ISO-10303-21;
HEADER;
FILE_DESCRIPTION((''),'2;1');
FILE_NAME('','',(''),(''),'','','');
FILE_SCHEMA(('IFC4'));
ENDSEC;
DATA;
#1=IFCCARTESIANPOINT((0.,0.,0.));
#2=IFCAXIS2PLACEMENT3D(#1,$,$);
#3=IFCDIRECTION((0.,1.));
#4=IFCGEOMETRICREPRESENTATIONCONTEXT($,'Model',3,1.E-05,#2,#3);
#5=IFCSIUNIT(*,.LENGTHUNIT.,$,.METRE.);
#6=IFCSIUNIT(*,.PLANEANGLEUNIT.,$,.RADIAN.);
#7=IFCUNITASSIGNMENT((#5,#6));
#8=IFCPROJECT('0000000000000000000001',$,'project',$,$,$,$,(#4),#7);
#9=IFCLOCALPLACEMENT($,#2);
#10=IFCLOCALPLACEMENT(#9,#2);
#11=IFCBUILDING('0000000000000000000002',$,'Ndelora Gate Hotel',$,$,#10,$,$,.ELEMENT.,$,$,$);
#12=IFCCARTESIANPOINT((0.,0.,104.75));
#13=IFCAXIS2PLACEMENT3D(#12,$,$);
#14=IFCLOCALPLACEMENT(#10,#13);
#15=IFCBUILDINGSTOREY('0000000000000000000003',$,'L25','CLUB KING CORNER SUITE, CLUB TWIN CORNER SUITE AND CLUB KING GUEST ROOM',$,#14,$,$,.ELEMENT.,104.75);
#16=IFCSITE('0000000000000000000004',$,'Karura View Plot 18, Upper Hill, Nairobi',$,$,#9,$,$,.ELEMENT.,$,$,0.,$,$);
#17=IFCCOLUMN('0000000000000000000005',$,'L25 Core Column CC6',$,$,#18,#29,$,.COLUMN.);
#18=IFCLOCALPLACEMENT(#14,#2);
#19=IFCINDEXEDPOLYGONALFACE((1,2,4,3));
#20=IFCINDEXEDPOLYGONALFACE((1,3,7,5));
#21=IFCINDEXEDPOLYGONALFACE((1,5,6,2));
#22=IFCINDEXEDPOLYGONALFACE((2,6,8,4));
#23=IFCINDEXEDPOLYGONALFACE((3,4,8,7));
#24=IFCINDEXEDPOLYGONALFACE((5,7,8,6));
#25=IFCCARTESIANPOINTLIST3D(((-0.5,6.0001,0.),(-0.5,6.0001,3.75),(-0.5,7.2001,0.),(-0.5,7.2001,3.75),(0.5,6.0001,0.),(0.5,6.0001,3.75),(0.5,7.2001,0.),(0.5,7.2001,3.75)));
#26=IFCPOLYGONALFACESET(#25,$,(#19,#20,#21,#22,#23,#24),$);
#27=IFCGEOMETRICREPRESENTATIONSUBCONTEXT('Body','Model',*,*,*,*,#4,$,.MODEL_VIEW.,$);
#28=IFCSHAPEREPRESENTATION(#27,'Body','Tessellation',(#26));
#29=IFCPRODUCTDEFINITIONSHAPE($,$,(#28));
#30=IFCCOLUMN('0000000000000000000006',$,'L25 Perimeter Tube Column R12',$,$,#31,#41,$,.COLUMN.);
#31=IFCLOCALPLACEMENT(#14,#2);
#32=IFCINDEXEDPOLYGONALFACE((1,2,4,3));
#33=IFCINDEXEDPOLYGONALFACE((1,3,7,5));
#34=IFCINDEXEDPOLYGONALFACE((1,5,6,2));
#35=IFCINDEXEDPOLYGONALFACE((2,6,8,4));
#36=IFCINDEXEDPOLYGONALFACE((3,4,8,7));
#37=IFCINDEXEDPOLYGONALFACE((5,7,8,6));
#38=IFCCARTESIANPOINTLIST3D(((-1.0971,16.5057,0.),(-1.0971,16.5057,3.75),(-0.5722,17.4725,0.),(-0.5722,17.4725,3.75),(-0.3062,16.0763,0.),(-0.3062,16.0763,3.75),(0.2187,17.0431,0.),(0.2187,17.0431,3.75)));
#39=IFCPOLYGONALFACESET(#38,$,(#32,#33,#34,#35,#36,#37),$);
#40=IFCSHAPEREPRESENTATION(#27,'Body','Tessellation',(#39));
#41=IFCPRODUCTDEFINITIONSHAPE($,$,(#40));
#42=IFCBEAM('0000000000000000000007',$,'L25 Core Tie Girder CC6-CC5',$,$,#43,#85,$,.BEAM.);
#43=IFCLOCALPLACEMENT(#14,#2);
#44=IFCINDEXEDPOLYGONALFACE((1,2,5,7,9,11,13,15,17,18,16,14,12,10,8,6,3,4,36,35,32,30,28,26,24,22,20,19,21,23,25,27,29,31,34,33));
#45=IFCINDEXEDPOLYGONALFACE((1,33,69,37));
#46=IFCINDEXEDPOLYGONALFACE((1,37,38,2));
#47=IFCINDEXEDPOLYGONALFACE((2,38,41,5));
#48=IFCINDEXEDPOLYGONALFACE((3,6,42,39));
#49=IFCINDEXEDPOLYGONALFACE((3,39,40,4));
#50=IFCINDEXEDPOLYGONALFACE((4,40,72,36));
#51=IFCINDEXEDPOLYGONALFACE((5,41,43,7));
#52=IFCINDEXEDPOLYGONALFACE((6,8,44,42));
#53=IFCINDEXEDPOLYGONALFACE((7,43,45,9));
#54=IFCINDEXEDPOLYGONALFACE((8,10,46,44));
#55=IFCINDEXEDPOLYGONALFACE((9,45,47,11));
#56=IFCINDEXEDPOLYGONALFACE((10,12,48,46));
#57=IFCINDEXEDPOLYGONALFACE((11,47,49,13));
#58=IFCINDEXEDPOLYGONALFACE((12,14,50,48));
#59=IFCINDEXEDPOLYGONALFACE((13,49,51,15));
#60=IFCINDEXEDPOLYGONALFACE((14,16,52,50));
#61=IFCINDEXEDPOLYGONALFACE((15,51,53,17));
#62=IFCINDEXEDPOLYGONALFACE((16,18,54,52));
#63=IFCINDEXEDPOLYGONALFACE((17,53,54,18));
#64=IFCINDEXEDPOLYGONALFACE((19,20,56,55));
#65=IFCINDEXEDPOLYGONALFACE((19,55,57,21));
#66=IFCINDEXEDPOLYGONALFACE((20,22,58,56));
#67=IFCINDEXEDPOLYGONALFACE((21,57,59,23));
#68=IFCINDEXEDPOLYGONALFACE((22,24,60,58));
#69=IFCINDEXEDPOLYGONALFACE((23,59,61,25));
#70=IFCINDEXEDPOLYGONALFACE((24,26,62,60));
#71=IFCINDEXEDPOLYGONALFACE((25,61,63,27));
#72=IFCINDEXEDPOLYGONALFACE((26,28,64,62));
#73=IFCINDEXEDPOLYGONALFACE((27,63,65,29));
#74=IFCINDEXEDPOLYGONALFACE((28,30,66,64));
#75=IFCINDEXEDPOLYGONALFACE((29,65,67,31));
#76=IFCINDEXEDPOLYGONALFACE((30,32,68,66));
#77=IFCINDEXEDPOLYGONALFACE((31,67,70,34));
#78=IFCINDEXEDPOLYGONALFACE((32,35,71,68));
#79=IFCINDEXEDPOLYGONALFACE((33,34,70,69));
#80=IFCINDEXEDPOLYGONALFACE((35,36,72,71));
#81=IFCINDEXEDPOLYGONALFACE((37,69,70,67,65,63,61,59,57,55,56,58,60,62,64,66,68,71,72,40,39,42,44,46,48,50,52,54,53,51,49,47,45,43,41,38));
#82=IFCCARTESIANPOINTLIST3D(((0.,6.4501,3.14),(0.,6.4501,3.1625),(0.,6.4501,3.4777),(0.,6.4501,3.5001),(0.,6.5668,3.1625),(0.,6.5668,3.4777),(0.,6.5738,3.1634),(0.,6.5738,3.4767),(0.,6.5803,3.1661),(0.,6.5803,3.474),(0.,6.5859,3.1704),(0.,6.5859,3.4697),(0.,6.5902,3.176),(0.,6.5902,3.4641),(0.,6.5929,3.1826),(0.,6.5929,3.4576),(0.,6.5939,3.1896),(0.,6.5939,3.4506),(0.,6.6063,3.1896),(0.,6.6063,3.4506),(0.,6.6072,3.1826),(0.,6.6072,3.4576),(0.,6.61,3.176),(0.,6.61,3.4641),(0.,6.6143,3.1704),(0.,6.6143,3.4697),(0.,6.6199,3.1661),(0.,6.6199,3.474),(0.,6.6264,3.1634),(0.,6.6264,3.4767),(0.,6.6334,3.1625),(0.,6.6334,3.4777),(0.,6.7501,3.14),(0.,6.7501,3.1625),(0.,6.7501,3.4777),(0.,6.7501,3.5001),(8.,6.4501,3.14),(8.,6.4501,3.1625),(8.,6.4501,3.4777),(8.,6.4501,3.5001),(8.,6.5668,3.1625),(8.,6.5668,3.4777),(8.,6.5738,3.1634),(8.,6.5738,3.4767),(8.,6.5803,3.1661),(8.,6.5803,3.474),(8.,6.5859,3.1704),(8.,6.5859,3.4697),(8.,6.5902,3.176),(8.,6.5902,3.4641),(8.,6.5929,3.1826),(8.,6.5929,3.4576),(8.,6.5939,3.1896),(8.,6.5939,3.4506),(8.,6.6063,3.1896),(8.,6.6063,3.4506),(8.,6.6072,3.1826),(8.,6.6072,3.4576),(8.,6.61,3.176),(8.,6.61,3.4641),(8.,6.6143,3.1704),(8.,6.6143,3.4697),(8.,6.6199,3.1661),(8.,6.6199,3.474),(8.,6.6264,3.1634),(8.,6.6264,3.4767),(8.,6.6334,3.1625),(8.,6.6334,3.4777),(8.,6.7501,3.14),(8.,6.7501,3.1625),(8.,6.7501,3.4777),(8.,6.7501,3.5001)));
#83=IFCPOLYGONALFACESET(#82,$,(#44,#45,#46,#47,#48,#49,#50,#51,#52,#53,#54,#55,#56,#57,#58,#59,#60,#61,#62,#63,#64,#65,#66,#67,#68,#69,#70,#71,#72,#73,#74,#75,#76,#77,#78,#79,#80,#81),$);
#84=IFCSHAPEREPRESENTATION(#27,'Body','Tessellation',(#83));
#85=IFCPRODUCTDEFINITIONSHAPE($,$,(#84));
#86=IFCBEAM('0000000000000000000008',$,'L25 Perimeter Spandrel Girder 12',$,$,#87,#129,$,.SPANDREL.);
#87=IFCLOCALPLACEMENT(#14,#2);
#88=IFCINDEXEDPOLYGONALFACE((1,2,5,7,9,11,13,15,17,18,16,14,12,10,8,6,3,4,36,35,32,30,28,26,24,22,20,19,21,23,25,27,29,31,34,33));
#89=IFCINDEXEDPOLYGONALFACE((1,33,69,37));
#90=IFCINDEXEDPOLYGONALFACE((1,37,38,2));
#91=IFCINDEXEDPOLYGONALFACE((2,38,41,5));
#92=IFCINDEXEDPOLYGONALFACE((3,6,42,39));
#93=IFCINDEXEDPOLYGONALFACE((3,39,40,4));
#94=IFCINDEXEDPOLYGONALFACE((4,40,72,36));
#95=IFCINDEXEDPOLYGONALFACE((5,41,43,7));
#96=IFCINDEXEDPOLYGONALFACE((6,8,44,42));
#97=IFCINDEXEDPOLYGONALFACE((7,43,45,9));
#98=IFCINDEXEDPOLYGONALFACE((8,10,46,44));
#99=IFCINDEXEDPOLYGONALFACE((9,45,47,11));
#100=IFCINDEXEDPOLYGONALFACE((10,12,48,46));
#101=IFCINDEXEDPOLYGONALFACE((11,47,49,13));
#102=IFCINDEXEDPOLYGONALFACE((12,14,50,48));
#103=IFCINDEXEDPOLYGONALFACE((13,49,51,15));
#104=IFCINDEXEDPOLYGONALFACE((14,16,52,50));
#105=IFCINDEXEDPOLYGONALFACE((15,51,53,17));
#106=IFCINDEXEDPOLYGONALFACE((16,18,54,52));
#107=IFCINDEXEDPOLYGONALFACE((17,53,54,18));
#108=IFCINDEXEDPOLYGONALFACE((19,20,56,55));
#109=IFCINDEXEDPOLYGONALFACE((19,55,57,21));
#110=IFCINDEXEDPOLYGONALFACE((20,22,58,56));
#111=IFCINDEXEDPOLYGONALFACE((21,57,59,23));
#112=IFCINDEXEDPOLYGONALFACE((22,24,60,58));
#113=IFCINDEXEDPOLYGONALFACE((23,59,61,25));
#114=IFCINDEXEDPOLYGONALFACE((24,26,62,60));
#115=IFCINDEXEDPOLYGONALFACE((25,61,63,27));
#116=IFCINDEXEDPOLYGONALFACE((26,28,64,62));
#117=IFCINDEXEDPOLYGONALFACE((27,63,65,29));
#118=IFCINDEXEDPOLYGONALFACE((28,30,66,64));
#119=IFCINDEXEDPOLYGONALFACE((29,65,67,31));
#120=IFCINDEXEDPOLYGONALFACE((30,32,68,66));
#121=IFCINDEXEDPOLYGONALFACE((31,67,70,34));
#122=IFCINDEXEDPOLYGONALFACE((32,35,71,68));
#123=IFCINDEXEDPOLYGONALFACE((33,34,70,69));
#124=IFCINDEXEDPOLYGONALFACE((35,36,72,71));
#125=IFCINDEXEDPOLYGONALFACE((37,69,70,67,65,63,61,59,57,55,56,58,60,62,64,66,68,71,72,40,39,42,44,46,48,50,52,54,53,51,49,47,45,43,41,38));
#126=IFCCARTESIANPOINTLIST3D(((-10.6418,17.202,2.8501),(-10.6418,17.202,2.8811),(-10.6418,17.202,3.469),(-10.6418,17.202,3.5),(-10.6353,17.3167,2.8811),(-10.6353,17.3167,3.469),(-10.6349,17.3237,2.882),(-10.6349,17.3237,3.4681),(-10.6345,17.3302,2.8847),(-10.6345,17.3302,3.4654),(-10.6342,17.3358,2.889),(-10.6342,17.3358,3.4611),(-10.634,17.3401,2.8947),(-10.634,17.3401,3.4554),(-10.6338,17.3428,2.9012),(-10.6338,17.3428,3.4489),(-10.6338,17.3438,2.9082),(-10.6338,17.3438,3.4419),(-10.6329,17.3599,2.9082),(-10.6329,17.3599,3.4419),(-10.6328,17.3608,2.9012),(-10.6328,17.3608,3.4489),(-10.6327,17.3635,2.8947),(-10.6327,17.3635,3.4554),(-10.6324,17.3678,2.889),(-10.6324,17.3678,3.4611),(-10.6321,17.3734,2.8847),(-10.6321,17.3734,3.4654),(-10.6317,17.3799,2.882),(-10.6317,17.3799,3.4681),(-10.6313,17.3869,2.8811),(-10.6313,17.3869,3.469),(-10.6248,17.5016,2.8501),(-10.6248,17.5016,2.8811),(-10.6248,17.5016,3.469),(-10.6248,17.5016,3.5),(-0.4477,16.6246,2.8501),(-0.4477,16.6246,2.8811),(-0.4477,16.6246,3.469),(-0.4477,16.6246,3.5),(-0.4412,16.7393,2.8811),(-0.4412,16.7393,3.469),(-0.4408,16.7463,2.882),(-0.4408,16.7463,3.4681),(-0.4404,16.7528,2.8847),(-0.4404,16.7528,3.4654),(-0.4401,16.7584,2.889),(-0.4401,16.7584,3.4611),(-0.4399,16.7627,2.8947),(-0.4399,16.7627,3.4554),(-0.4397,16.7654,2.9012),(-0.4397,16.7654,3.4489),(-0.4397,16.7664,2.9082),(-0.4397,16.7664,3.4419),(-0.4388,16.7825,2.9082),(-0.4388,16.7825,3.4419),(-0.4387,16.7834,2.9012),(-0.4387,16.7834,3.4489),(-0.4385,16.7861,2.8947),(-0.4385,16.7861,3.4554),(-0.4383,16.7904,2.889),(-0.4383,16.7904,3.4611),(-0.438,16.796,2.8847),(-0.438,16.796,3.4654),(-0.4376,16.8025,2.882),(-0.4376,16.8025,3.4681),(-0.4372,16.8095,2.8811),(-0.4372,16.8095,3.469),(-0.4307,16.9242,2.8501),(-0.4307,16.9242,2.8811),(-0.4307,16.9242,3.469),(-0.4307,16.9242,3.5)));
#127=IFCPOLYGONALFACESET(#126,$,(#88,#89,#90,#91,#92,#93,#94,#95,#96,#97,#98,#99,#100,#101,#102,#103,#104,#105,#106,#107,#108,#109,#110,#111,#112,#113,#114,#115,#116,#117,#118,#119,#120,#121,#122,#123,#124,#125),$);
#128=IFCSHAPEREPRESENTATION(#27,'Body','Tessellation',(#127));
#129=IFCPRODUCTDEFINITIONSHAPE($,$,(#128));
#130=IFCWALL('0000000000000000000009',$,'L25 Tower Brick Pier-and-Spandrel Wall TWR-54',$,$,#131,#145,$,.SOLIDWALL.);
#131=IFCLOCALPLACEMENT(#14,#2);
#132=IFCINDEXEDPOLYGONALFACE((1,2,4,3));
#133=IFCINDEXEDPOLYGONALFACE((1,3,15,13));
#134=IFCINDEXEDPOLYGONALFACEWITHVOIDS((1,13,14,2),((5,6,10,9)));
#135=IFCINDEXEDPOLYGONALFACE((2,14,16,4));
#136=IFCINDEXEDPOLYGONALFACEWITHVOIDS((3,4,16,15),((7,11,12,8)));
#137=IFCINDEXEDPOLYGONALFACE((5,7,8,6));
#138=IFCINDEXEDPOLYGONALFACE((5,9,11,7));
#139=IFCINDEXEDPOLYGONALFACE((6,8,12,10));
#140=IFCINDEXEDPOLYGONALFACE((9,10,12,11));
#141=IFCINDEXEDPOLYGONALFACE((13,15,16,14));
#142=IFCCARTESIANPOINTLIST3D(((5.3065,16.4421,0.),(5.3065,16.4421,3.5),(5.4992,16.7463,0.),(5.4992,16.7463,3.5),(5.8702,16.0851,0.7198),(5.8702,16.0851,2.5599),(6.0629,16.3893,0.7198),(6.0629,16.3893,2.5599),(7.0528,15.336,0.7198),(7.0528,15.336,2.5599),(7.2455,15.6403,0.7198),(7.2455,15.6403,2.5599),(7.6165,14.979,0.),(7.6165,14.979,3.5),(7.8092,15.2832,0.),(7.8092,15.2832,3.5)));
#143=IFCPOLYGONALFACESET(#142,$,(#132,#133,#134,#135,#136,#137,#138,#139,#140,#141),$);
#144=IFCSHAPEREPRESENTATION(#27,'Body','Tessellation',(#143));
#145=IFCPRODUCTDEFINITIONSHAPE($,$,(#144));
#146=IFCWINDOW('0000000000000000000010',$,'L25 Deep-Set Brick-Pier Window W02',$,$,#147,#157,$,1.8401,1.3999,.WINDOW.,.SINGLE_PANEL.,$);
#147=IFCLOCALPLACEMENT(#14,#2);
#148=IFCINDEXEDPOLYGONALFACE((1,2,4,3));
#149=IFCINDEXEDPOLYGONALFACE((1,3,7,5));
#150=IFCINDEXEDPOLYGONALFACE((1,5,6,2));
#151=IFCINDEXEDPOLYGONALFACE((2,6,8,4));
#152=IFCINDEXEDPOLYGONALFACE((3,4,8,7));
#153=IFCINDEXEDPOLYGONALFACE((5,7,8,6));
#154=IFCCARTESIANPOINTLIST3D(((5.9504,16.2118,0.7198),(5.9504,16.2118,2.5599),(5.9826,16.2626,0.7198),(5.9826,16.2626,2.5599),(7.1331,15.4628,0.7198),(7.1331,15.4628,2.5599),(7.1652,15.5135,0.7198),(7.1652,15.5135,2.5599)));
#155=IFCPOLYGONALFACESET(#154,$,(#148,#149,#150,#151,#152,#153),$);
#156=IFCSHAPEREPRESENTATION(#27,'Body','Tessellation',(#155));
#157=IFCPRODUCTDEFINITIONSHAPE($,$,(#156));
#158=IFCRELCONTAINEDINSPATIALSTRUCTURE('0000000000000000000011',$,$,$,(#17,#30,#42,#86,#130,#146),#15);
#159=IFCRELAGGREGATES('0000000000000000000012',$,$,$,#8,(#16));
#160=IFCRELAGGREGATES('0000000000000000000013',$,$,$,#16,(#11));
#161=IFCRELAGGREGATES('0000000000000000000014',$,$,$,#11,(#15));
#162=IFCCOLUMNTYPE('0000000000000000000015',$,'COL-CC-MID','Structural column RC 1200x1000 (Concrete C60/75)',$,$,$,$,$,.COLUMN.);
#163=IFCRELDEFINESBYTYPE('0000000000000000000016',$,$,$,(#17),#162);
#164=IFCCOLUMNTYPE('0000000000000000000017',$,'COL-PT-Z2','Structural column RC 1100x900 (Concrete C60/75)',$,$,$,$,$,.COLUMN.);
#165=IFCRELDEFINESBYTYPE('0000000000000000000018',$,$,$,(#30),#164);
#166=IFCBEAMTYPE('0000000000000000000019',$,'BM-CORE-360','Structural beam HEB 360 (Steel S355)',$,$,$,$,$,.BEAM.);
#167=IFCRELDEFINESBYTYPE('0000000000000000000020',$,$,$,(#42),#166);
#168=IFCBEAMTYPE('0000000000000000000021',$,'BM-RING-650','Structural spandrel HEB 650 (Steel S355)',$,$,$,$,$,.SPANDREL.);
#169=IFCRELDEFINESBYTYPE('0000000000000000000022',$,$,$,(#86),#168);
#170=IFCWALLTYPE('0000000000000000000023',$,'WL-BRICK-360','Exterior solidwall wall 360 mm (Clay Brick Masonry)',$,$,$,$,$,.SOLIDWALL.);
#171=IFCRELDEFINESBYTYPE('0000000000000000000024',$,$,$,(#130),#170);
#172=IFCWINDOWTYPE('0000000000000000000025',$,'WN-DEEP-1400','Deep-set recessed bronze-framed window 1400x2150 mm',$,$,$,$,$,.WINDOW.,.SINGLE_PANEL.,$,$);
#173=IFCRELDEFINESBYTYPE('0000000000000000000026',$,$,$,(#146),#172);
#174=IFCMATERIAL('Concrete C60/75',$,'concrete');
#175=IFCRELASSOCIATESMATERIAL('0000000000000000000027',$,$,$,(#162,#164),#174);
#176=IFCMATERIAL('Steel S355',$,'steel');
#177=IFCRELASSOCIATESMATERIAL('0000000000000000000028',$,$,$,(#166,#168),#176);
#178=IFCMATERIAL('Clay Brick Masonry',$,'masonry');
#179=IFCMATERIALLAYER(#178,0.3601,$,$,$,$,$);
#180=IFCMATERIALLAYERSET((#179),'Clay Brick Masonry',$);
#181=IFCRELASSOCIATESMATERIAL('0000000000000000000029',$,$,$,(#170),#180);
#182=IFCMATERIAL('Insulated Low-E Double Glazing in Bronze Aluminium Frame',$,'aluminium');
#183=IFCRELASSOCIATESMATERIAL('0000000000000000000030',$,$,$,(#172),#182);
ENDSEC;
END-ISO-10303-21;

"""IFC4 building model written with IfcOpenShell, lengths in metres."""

from ifc_helpers import new_model, si_unit, direction, frame, frame_2d, origin, origin_2d, place, context, subcontext, project, spatial, rectangle, i_section, extrude, material, layer, layer_set, material_profile, profile_set, type_object, element, fill, save


model = new_model("IFC4")

# Units and contexts
model_context = context("Model", 3, precision=1e-05, world=origin(), true_north=direction((0.0, 1.0)))
body_context = subcontext(model_context, "Body", "Model", "MODEL_VIEW")
ifc_project = project(units=[si_unit("LENGTHUNIT", "METRE"), si_unit("PLANEANGLEUNIT", "RADIAN")], contexts=[model_context])

# Site, building, storey
site_placement = place(None, origin())
site = spatial("IfcSite", under=ifc_project, at=site_placement, Name="Karura View Plot 18, Upper Hill, Nairobi", CompositionType="ELEMENT", RefElevation=0.0)
building_placement = place(site_placement, origin())
building = spatial("IfcBuilding", under=site, at=building_placement, Name="Ndelora Gate Hotel", CompositionType="ELEMENT")
storey_placement = place(building_placement, frame((0.0, 0.0, 104.75)))
storey = spatial("IfcBuildingStorey", under=building, at=storey_placement, Name="L25", Description="CLUB KING CORNER SUITE, CLUB TWIN CORNER SUITE AND CLUB KING GUEST ROOM", CompositionType="ELEMENT", Elevation=104.75)

# Columns
ifc_material_1 = material(Name="Concrete C60/75", Category="concrete")
ifc_material_profile_1 = material_profile(ifc_material_1, rectangle(XDim=1.0, YDim=1.2, at=origin_2d()), Name="RC 1200x1000")
ifc_profile_set_1 = profile_set([ifc_material_profile_1], Name="Concrete C60/75")
column_type_1 = type_object("IfcColumnType", Name="COL-CC-MID", Description="Structural column RC 1200x1000 (Concrete C60/75)", PredefinedType="COLUMN", material=ifc_profile_set_1)
column_1_placement = place(storey_placement, frame((0.0, 6.6001, 0.0), z_axis=(0.0, 0.0, 1.0), x_axis=(1.0, 0.0, 0.0)))
element("IfcColumn", 1, at=column_1_placement, inside=storey, type_object=column_type_1, Name="L25 Core Column CC6", PredefinedType="COLUMN", context=body_context, shape_type="SweptSolid", body=[
    extrude(rectangle(XDim=1.0, YDim=1.2, at=origin_2d()), origin(), (0.0, 0.0, 1.0), 3.75),
])
ifc_material_profile_2 = material_profile(ifc_material_1, rectangle(XDim=0.8999, YDim=1.1001, at=origin_2d()), Name="RC 1100x900")
ifc_profile_set_2 = profile_set([ifc_material_profile_2], Name="Concrete C60/75")
column_type_2 = type_object("IfcColumnType", Name="COL-PT-Z2", Description="Structural column RC 1100x900 (Concrete C60/75)", PredefinedType="COLUMN", material=ifc_profile_set_2)
column_2_placement = place(storey_placement, frame((-0.4392, 16.7744, 0.0), z_axis=(0.0, 0.0, 1.0), x_axis=(-0.878817, 0.477159, 0.0)))
element("IfcColumn", 2, at=column_2_placement, inside=storey, type_object=column_type_2, Name="L25 Perimeter Tube Column R12", PredefinedType="COLUMN", context=body_context, shape_type="SweptSolid", body=[
    extrude(rectangle(XDim=0.8999, YDim=1.1001, at=origin_2d()), origin(), (0.0, 0.0, 1.0), 3.75),
])

# Beams
ifc_material_2 = material(Name="Steel S355", Category="steel")
ifc_material_profile_3 = material_profile(ifc_material_2, i_section(OverallWidth=0.3, OverallDepth=0.3601, WebThickness=0.0125, FlangeThickness=0.0225, FilletRadius=0.0271, at=origin_2d()), Name="HEB 360")
ifc_profile_set_3 = profile_set([ifc_material_profile_3], Name="Steel S355")
beam_type_1 = type_object("IfcBeamType", Name="BM-CORE-360", Description="Structural beam HEB 360 (Steel S355)", PredefinedType="BEAM", material=ifc_profile_set_3)
beam_1_placement = place(storey_placement, frame((0.0, 6.6001, 3.3201), z_axis=(1.0, 0.0, 0.0), x_axis=(0.0, 1.0, 0.0)))
element("IfcBeam", 3, at=beam_1_placement, inside=storey, type_object=beam_type_1, Name="L25 Core Tie Girder CC6-CC5", PredefinedType="BEAM", context=body_context, shape_type="SweptSolid", body=[
    extrude(i_section(OverallWidth=0.3, OverallDepth=0.3601, WebThickness=0.0125, FlangeThickness=0.0225, FilletRadius=0.0271, at=origin_2d()), origin(), (0.0, 0.0, 1.0), 8.0),
])
ifc_material_profile_4 = material_profile(ifc_material_2, i_section(OverallWidth=0.3, OverallDepth=0.6499, WebThickness=0.0161, FlangeThickness=0.031, FilletRadius=0.0271, at=origin_2d()), Name="HEB 650")
ifc_profile_set_4 = profile_set([ifc_material_profile_4], Name="Steel S355")
beam_type_2 = type_object("IfcBeamType", Name="BM-RING-650", Description="Structural spandrel HEB 650 (Steel S355)", PredefinedType="SPANDREL", material=ifc_profile_set_4)
beam_2_placement = place(storey_placement, frame((-0.4392, 16.7744, 3.175), z_axis=(-0.9984, 0.056549, 0.0), x_axis=(-0.056549, -0.9984, 0.0)))
element("IfcBeam", 4, at=beam_2_placement, inside=storey, type_object=beam_type_2, Name="L25 Perimeter Spandrel Girder 12", PredefinedType="SPANDREL", context=body_context, shape_type="SweptSolid", body=[
    extrude(i_section(OverallWidth=0.3, OverallDepth=0.6499, WebThickness=0.0161, FlangeThickness=0.031, FilletRadius=0.0271, at=origin_2d()), origin(), (0.0, 0.0, 1.0), 10.2104),
])

# Wall, opening, window
ifc_material_3 = material(Name="Clay Brick Masonry", Category="masonry")
ifc_layer_1 = layer(ifc_material_3, 0.3601)
ifc_layer_set_1 = layer_set([ifc_layer_1], Name="Clay Brick Masonry")
wall_type_1 = type_object("IfcWallType", Name="WL-BRICK-360", Description="Exterior solidwall wall 360 mm (Clay Brick Masonry)", PredefinedType="SOLIDWALL", material=ifc_layer_set_1)
wall_1_placement = place(storey_placement, frame((5.4028, 16.5942, 0.0), z_axis=(0.0, 0.0, 1.0), x_axis=(0.844803, -0.535078, 0.0)))
wall_1 = element("IfcWall", 5, at=wall_1_placement, inside=storey, type_object=wall_type_1, Name="L25 Tower Brick Pier-and-Spandrel Wall TWR-54", PredefinedType="SOLIDWALL", context=body_context, shape_type="SweptSolid", body=[
    extrude(rectangle(XDim=2.7344, YDim=0.3601, at=frame_2d((1.3672, 0.0))), origin(), (0.0, 0.0, 1.0), 3.5),
])
opening_1_placement = place(wall_1_placement, frame((0.6672, 0.0, 0.72)))
opening_1 = element("IfcOpeningElement", 6, at=opening_1_placement, cuts=wall_1, PredefinedType="OPENING", context=body_context, shape_type="SweptSolid", body=[
    extrude(rectangle(XDim=1.3999, YDim=1.8401, at=frame_2d((0.7, 0.9199))), frame((0.0, 0.1899, 0.0), z_axis=(0.0, -1.0, 0.0), x_axis=(1.0, 0.0, 0.0)), (0.0, 0.0, 1.0), 0.3801),
])
ifc_material_4 = material(Name="Insulated Low-E Double Glazing in Bronze Aluminium Frame", Category="aluminium")
window_type_1 = type_object("IfcWindowType", Name="WN-DEEP-1400", Description="Deep-set recessed bronze-framed window 1400x2150 mm", PartitioningType="SINGLE_PANEL", PredefinedType="WINDOW", material=ifc_material_4)
window_1_placement = place(opening_1_placement, origin())
window_1 = element("IfcWindow", 7, at=window_1_placement, inside=storey, type_object=window_type_1, Name="L25 Deep-Set Brick-Pier Window W02", OverallHeight=1.8401, OverallWidth=1.3999, PartitioningType="SINGLE_PANEL", PredefinedType="WINDOW", context=body_context, shape_type="SweptSolid", body=[
    extrude(rectangle(XDim=1.3999, YDim=1.8401, at=frame_2d((0.7, 0.9199))), frame((0.0, 0.03, 0.0), z_axis=(0.0, -1.0, 0.0), x_axis=(1.0, 0.0, 0.0)), (0.0, 0.0, 1.0), 0.0601),
])
fill(opening_1, window_1)

save(model, "model.ifc")
